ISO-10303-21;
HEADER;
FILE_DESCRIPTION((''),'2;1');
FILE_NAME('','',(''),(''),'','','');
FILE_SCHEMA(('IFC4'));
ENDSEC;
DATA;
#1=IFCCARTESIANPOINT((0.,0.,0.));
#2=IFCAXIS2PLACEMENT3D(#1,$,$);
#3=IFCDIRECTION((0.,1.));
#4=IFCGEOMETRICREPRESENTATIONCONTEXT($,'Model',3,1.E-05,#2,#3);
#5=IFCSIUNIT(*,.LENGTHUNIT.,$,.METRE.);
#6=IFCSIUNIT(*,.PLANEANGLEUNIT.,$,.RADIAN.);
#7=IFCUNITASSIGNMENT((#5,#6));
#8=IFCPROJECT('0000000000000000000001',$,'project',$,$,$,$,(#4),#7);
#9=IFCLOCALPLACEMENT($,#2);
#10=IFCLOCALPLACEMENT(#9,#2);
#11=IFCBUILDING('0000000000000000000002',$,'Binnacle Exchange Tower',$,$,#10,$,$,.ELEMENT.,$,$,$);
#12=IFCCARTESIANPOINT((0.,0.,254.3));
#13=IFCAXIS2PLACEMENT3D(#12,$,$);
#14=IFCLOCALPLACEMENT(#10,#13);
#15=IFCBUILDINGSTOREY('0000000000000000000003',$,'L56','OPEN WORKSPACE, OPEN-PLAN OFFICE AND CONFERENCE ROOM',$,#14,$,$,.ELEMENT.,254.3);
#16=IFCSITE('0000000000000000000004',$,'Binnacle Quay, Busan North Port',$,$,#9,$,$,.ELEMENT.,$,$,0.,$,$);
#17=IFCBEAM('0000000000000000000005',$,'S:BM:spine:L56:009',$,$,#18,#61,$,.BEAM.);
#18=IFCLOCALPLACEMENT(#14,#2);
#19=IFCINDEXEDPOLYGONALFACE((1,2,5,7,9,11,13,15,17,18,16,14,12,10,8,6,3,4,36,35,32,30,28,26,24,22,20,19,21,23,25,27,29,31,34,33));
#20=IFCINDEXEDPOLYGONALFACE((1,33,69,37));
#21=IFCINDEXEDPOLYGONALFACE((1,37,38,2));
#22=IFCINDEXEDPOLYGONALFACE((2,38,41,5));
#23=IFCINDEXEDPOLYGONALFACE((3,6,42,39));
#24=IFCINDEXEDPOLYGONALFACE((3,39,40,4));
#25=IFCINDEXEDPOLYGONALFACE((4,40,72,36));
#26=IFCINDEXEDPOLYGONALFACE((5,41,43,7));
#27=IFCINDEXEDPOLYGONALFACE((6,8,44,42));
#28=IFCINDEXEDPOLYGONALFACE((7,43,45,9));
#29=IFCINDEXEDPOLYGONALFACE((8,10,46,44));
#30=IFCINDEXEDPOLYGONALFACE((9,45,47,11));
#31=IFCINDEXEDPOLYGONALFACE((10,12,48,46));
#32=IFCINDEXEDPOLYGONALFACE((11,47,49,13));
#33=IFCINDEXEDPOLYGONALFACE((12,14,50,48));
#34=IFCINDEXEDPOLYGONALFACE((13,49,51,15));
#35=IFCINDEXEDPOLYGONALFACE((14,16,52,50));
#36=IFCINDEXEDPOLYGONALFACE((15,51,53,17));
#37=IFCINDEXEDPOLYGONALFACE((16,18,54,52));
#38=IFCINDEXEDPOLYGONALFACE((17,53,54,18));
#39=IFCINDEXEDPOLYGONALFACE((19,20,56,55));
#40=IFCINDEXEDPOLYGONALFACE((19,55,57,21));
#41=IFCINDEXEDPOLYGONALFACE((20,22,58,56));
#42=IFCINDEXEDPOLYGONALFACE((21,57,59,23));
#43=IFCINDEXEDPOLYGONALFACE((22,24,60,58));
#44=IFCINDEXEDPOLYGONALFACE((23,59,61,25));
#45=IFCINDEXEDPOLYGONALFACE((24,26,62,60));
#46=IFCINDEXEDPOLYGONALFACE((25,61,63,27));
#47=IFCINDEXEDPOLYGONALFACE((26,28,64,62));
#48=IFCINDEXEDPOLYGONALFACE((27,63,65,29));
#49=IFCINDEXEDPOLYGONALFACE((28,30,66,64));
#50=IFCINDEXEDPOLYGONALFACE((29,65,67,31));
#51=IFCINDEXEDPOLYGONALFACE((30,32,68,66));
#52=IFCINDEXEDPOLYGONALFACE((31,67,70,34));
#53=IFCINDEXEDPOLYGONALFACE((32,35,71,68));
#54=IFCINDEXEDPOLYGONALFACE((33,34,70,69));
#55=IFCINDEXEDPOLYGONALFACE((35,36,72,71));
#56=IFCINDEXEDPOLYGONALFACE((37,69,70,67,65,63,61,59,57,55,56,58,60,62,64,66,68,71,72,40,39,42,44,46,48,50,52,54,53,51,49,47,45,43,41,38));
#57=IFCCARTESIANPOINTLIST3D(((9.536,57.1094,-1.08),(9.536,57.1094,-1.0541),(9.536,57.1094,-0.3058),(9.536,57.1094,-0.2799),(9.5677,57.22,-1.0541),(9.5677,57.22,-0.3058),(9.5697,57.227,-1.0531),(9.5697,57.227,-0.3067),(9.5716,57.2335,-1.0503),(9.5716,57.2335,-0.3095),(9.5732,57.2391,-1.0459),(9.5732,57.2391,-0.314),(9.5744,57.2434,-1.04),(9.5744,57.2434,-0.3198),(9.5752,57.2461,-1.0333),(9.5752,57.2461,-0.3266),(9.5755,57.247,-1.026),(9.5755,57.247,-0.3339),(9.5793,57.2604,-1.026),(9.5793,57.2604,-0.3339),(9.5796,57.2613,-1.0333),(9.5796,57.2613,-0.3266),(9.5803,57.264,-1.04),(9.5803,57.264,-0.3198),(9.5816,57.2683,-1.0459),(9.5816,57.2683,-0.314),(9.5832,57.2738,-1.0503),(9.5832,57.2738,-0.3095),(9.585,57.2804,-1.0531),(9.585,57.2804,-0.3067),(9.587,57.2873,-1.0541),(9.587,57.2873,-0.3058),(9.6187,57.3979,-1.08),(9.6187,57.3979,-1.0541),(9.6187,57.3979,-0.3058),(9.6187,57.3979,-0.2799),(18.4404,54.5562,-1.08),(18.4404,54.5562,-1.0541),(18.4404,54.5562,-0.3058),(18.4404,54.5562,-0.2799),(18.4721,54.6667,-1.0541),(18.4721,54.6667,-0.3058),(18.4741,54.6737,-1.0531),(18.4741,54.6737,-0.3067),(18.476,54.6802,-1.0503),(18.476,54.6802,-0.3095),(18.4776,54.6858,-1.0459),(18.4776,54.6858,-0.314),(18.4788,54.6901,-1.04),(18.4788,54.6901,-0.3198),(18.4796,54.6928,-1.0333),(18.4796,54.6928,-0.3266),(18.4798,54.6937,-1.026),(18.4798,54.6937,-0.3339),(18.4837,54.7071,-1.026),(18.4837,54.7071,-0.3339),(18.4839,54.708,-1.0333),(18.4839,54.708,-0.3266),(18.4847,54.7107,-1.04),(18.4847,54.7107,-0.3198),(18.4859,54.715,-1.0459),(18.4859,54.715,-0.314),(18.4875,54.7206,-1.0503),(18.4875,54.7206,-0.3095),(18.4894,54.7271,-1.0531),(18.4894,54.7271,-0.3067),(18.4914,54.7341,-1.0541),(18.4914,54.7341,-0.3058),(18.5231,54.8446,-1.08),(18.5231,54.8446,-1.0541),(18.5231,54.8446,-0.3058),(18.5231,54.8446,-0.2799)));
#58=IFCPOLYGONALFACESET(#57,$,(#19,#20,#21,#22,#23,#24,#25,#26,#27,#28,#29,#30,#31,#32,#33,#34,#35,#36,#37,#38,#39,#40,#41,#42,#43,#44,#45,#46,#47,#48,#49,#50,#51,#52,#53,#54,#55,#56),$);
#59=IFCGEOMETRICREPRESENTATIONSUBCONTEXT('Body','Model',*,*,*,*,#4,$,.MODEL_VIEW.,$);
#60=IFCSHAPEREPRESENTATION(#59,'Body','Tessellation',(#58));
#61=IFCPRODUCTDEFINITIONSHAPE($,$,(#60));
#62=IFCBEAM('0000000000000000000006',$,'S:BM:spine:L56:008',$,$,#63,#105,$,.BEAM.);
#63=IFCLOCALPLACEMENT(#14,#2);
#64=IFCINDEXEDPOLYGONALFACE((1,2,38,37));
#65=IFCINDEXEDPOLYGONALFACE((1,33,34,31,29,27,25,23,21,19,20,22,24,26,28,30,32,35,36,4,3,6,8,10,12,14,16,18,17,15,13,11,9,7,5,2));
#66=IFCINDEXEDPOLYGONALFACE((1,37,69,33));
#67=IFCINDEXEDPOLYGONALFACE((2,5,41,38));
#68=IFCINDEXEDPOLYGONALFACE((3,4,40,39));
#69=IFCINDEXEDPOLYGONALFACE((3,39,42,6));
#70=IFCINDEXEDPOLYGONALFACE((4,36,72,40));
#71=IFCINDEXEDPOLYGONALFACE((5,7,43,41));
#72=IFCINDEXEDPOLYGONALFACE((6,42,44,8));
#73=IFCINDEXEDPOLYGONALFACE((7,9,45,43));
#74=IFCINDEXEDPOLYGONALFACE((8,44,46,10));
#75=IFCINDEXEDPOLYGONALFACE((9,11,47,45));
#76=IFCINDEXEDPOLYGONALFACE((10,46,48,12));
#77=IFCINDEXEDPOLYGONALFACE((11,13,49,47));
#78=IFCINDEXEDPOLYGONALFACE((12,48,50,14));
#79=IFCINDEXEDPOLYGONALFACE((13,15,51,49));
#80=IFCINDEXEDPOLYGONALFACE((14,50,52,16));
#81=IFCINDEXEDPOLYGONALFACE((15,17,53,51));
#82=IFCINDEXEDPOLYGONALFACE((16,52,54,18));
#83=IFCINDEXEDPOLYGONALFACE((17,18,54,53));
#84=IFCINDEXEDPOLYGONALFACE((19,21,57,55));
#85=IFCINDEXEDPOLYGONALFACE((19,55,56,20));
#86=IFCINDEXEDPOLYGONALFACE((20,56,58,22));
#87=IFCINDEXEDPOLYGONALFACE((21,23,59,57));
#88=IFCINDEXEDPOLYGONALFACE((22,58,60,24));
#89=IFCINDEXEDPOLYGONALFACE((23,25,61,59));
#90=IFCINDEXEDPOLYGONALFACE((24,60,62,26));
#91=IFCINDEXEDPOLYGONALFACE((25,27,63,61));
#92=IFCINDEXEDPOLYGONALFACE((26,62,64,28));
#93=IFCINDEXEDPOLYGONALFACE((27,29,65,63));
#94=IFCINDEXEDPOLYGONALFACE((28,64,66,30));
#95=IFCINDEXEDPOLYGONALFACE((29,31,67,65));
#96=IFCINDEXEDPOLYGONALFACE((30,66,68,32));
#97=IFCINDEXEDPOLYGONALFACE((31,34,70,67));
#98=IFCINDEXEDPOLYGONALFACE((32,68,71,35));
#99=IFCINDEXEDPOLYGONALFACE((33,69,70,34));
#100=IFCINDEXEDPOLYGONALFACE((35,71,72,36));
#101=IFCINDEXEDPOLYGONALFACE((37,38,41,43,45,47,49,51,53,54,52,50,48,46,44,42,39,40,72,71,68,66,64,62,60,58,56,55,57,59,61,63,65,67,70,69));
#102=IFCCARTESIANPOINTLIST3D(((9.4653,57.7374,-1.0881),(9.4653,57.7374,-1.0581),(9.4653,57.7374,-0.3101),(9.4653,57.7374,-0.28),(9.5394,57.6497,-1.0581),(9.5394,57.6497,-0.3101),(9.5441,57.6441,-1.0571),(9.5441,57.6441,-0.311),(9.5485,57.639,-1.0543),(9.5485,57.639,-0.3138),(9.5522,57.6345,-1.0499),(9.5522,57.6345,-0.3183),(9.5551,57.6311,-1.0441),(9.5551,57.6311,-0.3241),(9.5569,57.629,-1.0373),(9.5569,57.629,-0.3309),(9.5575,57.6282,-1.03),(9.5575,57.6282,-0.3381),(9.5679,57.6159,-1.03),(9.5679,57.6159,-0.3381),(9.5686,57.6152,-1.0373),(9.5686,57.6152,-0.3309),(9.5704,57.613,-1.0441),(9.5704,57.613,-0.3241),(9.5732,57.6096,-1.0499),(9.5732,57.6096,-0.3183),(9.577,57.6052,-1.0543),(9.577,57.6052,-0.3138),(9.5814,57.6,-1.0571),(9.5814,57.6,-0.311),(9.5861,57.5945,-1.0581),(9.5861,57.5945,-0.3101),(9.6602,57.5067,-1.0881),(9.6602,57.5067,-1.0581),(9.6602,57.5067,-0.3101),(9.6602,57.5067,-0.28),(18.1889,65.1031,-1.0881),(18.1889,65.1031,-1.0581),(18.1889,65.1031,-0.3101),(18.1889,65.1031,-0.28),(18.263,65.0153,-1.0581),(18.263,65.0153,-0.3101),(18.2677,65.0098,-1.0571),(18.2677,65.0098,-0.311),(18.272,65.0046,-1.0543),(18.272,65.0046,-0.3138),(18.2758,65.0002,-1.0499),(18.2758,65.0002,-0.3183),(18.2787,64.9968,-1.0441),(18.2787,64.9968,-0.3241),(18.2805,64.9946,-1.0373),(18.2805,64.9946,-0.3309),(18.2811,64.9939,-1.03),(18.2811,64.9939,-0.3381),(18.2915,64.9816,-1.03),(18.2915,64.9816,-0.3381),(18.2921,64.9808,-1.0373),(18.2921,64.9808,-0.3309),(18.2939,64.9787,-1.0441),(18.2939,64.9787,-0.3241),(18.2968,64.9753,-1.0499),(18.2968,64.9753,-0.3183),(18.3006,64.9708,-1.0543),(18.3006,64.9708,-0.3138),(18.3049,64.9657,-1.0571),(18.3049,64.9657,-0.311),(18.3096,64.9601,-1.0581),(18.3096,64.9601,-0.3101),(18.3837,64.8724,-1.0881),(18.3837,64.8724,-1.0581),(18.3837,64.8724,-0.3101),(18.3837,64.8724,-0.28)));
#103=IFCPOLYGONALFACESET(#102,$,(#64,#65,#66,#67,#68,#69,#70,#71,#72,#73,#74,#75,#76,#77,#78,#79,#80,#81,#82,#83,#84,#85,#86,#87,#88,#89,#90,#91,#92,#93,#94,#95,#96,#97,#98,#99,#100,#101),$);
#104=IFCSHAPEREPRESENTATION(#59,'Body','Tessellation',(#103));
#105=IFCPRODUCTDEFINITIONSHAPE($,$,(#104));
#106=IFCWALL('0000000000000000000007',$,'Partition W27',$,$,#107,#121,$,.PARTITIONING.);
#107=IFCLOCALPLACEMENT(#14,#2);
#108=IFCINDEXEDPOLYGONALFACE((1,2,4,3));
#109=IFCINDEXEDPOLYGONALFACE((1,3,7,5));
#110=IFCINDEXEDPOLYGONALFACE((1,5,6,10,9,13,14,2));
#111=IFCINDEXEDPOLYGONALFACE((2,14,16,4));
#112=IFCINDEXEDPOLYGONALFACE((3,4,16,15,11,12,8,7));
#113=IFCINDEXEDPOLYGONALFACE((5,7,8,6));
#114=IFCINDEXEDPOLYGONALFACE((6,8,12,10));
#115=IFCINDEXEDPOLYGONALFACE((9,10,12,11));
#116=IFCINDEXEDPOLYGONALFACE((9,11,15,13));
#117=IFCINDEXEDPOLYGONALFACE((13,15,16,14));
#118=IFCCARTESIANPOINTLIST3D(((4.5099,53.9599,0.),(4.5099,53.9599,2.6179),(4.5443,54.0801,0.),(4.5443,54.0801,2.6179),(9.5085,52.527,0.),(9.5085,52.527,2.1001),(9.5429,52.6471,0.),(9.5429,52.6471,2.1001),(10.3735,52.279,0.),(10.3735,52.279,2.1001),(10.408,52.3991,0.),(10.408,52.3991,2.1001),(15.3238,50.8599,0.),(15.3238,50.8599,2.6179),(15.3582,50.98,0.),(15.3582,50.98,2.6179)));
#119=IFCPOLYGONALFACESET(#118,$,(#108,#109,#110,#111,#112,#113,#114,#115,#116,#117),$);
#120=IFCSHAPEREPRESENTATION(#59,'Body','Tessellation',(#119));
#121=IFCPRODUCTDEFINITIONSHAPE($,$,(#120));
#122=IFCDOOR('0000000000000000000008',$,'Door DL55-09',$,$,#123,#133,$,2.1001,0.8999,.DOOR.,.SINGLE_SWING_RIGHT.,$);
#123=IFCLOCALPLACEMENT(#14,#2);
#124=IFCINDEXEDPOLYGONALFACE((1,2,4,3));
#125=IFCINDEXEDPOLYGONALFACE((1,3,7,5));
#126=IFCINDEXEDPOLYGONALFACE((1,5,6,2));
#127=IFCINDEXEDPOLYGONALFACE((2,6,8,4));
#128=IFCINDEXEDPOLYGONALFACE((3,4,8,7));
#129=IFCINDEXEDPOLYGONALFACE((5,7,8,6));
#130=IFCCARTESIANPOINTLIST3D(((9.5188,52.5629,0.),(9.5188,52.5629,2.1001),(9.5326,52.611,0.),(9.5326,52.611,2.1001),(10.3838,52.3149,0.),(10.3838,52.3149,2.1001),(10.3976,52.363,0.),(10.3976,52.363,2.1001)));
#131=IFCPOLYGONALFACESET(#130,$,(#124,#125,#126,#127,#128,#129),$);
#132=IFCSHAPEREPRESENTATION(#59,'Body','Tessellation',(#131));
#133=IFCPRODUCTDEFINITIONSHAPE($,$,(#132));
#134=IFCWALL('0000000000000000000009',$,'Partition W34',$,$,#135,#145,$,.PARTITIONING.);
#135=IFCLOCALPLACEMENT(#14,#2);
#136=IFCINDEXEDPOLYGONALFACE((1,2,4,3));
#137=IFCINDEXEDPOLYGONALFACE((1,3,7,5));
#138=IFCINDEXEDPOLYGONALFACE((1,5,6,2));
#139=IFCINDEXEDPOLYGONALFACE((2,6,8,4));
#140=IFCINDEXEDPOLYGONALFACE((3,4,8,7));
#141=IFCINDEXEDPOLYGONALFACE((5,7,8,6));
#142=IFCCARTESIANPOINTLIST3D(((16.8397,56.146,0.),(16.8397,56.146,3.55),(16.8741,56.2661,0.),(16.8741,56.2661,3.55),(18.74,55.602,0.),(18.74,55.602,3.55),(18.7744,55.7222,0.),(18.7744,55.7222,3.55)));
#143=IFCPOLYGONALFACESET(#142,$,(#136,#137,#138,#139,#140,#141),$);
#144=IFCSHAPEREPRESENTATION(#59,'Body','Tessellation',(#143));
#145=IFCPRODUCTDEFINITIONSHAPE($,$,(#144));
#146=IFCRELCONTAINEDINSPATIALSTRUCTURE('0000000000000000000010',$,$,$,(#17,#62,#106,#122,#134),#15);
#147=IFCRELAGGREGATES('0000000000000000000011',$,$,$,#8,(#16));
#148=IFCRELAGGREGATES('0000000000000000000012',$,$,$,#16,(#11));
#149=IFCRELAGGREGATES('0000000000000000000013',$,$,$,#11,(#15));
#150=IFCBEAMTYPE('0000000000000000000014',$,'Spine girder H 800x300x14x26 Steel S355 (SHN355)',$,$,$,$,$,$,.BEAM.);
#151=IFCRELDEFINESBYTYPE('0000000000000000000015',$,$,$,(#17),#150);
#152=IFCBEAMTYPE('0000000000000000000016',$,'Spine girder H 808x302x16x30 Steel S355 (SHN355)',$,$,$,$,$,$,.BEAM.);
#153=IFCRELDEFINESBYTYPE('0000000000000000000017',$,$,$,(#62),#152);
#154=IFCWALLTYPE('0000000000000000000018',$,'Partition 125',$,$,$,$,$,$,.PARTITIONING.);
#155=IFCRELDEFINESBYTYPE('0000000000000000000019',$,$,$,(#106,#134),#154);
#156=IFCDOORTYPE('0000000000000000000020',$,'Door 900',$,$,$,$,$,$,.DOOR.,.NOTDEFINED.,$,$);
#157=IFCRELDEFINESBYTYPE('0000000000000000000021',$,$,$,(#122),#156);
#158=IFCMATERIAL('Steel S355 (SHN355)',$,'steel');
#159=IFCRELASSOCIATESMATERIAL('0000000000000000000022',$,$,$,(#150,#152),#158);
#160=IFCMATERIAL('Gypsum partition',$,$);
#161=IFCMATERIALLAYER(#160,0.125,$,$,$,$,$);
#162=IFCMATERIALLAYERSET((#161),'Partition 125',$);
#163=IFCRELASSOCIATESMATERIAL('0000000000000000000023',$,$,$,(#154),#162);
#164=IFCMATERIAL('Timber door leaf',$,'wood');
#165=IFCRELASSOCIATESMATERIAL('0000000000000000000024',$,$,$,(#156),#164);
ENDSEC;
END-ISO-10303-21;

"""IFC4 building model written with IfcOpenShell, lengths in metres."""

from ifc_helpers import new_model, si_unit, direction, frame, frame_2d, origin, origin_2d, place, context, subcontext, project, spatial, rectangle, i_section, extrude, material, layer, layer_set, material_profile, profile_set, type_object, element, fill, save


model = new_model("IFC4")

# Units and contexts
model_context = context("Model", 3, precision=1e-05, world=origin(), true_north=direction((0.0, 1.0)))
body_context = subcontext(model_context, "Body", "Model", "MODEL_VIEW")
ifc_project = project(units=[si_unit("LENGTHUNIT", "METRE"), si_unit("PLANEANGLEUNIT", "RADIAN")], contexts=[model_context])

# Site, building, storey
site_placement = place(None, origin())
site = spatial("IfcSite", under=ifc_project, at=site_placement, Name="Binnacle Quay, Busan North Port", CompositionType="ELEMENT", RefElevation=0.0)
building_placement = place(site_placement, origin())
building = spatial("IfcBuilding", under=site, at=building_placement, Name="Binnacle Exchange Tower", CompositionType="ELEMENT")
storey_placement = place(building_placement, frame((0.0, 0.0, 254.3)))
storey = spatial("IfcBuildingStorey", under=building, at=storey_placement, Name="L56", Description="OPEN WORKSPACE, OPEN-PLAN OFFICE AND CONFERENCE ROOM", CompositionType="ELEMENT", Elevation=254.3)

# Beams
ifc_material_1 = material(Name="Steel S355 (SHN355)", Category="steel")
ifc_material_profile_1 = material_profile(ifc_material_1, i_section(OverallWidth=0.3, OverallDepth=0.8, WebThickness=0.0139, FlangeThickness=0.0259, FilletRadius=0.0281, at=origin_2d()), Name="H 800x300x14x26")
ifc_profile_set_1 = profile_set([ifc_material_profile_1], Name="Steel S355 (SHN355)")
beam_type_1 = type_object("IfcBeamType", Name="Spine girder H 800x300x14x26 Steel S355 (SHN355)", PredefinedType="BEAM", material=ifc_profile_set_1)
beam_1_placement = place(storey_placement, frame((9.5774, 57.2537, -0.6799), z_axis=(0.961263, -0.275633, 0.0), x_axis=(0.275633, 0.961263, 0.0)))
element("IfcBeam", 1, at=beam_1_placement, inside=storey, type_object=beam_type_1, Name="S:BM:spine:L56:009", PredefinedType="BEAM", context=body_context, shape_type="SweptSolid", body=[
    extrude(i_section(OverallWidth=0.3, OverallDepth=0.8, WebThickness=0.0139, FlangeThickness=0.0259, FilletRadius=0.0281, at=origin_2d()), origin(), (0.0, 0.0, 1.0), 9.2632),
])
ifc_material_profile_2 = material_profile(ifc_material_1, i_section(OverallWidth=0.302, OverallDepth=0.8081, WebThickness=0.0161, FlangeThickness=0.03, FilletRadius=0.0281, at=origin_2d()), Name="H 808x302x16x30")
ifc_profile_set_2 = profile_set([ifc_material_profile_2], Name="Steel S355 (SHN355)")
beam_type_2 = type_object("IfcBeamType", Name="Spine girder H 808x302x16x30 Steel S355 (SHN355)", PredefinedType="BEAM", material=ifc_profile_set_2)
beam_2_placement = place(storey_placement, frame((9.5627, 57.6221, -0.6841), z_axis=(0.764069, 0.645135, 0.0), x_axis=(-0.645135, 0.764069, 0.0)))
element("IfcBeam", 2, at=beam_2_placement, inside=storey, type_object=beam_type_2, Name="S:BM:spine:L56:008", PredefinedType="BEAM", context=body_context, shape_type="SweptSolid", body=[
    extrude(i_section(OverallWidth=0.302, OverallDepth=0.8081, WebThickness=0.0161, FlangeThickness=0.03, FilletRadius=0.0281, at=origin_2d()), origin(), (0.0, 0.0, 1.0), 11.4172),
])

# Wall, opening, door
ifc_material_2 = material(Name="Gypsum partition")
ifc_layer = layer(ifc_material_2, 0.125)
ifc_layer_set = layer_set([ifc_layer], Name="Partition 125")
wall_type = type_object("IfcWallType", Name="Partition 125", PredefinedType="PARTITIONING", material=ifc_layer_set)
wall_1_placement = place(storey_placement, frame((4.5271, 54.02, 0.0), z_axis=(0.0, 0.0, 1.0), x_axis=(0.96128, -0.275575, 0.0)))
wall_1 = element("IfcWall", 3, at=wall_1_placement, inside=storey, type_object=wall_type, Name="Partition W27", PredefinedType="PARTITIONING", context=body_context, shape_type="SweptSolid", body=[
    extrude(rectangle(XDim=11.2495, YDim=0.125, at=frame_2d((5.6248, 0.0))), origin(), (0.0, 0.0, 1.0), 2.6179),
])
opening_placement = place(wall_1_placement, frame((5.2, 0.0, 0.0)))
opening = element("IfcOpeningElement", 4, at=opening_placement, cuts=wall_1, PredefinedType="OPENING", context=body_context, shape_type="SweptSolid", body=[
    extrude(rectangle(XDim=0.8999, YDim=2.1001, at=frame_2d((0.45, 1.05))), frame((0.0, 0.0725, 0.0), z_axis=(0.0, -1.0, 0.0), x_axis=(1.0, 0.0, 0.0)), (0.0, 0.0, 1.0), 0.145),
])
ifc_material_3 = material(Name="Timber door leaf", Category="wood")
door_type = type_object("IfcDoorType", Name="Door 900", OperationType="NOTDEFINED", PredefinedType="DOOR", material=ifc_material_3)
door_placement = place(opening_placement, origin())
door = element("IfcDoor", 5, at=door_placement, inside=storey, type_object=door_type, Name="Door DL55-09", OperationType="SINGLE_SWING_RIGHT", OverallHeight=2.1001, OverallWidth=0.8999, PredefinedType="DOOR", context=body_context, shape_type="SweptSolid", body=[
    extrude(rectangle(XDim=0.8999, YDim=2.1001, at=frame_2d((0.45, 1.05))), frame((0.0, 0.0249, 0.0), z_axis=(0.0, -1.0, 0.0), x_axis=(1.0, 0.0, 0.0)), (0.0, 0.0, 1.0), 0.05),
])
fill(opening, door)

# Wall
wall_2_placement = place(storey_placement, frame((16.8569, 56.2061, 0.0), z_axis=(0.0, 0.0, 1.0), x_axis=(0.961384, -0.275211, 0.0)))
element("IfcWall", 6, at=wall_2_placement, inside=storey, type_object=wall_type, Name="Partition W34", PredefinedType="PARTITIONING", context=body_context, shape_type="SweptSolid", body=[
    extrude(rectangle(XDim=1.9766, YDim=0.125, at=frame_2d((0.9883, 0.0))), origin(), (0.0, 0.0, 1.0), 3.55),
])

save(model, "model.ifc")
